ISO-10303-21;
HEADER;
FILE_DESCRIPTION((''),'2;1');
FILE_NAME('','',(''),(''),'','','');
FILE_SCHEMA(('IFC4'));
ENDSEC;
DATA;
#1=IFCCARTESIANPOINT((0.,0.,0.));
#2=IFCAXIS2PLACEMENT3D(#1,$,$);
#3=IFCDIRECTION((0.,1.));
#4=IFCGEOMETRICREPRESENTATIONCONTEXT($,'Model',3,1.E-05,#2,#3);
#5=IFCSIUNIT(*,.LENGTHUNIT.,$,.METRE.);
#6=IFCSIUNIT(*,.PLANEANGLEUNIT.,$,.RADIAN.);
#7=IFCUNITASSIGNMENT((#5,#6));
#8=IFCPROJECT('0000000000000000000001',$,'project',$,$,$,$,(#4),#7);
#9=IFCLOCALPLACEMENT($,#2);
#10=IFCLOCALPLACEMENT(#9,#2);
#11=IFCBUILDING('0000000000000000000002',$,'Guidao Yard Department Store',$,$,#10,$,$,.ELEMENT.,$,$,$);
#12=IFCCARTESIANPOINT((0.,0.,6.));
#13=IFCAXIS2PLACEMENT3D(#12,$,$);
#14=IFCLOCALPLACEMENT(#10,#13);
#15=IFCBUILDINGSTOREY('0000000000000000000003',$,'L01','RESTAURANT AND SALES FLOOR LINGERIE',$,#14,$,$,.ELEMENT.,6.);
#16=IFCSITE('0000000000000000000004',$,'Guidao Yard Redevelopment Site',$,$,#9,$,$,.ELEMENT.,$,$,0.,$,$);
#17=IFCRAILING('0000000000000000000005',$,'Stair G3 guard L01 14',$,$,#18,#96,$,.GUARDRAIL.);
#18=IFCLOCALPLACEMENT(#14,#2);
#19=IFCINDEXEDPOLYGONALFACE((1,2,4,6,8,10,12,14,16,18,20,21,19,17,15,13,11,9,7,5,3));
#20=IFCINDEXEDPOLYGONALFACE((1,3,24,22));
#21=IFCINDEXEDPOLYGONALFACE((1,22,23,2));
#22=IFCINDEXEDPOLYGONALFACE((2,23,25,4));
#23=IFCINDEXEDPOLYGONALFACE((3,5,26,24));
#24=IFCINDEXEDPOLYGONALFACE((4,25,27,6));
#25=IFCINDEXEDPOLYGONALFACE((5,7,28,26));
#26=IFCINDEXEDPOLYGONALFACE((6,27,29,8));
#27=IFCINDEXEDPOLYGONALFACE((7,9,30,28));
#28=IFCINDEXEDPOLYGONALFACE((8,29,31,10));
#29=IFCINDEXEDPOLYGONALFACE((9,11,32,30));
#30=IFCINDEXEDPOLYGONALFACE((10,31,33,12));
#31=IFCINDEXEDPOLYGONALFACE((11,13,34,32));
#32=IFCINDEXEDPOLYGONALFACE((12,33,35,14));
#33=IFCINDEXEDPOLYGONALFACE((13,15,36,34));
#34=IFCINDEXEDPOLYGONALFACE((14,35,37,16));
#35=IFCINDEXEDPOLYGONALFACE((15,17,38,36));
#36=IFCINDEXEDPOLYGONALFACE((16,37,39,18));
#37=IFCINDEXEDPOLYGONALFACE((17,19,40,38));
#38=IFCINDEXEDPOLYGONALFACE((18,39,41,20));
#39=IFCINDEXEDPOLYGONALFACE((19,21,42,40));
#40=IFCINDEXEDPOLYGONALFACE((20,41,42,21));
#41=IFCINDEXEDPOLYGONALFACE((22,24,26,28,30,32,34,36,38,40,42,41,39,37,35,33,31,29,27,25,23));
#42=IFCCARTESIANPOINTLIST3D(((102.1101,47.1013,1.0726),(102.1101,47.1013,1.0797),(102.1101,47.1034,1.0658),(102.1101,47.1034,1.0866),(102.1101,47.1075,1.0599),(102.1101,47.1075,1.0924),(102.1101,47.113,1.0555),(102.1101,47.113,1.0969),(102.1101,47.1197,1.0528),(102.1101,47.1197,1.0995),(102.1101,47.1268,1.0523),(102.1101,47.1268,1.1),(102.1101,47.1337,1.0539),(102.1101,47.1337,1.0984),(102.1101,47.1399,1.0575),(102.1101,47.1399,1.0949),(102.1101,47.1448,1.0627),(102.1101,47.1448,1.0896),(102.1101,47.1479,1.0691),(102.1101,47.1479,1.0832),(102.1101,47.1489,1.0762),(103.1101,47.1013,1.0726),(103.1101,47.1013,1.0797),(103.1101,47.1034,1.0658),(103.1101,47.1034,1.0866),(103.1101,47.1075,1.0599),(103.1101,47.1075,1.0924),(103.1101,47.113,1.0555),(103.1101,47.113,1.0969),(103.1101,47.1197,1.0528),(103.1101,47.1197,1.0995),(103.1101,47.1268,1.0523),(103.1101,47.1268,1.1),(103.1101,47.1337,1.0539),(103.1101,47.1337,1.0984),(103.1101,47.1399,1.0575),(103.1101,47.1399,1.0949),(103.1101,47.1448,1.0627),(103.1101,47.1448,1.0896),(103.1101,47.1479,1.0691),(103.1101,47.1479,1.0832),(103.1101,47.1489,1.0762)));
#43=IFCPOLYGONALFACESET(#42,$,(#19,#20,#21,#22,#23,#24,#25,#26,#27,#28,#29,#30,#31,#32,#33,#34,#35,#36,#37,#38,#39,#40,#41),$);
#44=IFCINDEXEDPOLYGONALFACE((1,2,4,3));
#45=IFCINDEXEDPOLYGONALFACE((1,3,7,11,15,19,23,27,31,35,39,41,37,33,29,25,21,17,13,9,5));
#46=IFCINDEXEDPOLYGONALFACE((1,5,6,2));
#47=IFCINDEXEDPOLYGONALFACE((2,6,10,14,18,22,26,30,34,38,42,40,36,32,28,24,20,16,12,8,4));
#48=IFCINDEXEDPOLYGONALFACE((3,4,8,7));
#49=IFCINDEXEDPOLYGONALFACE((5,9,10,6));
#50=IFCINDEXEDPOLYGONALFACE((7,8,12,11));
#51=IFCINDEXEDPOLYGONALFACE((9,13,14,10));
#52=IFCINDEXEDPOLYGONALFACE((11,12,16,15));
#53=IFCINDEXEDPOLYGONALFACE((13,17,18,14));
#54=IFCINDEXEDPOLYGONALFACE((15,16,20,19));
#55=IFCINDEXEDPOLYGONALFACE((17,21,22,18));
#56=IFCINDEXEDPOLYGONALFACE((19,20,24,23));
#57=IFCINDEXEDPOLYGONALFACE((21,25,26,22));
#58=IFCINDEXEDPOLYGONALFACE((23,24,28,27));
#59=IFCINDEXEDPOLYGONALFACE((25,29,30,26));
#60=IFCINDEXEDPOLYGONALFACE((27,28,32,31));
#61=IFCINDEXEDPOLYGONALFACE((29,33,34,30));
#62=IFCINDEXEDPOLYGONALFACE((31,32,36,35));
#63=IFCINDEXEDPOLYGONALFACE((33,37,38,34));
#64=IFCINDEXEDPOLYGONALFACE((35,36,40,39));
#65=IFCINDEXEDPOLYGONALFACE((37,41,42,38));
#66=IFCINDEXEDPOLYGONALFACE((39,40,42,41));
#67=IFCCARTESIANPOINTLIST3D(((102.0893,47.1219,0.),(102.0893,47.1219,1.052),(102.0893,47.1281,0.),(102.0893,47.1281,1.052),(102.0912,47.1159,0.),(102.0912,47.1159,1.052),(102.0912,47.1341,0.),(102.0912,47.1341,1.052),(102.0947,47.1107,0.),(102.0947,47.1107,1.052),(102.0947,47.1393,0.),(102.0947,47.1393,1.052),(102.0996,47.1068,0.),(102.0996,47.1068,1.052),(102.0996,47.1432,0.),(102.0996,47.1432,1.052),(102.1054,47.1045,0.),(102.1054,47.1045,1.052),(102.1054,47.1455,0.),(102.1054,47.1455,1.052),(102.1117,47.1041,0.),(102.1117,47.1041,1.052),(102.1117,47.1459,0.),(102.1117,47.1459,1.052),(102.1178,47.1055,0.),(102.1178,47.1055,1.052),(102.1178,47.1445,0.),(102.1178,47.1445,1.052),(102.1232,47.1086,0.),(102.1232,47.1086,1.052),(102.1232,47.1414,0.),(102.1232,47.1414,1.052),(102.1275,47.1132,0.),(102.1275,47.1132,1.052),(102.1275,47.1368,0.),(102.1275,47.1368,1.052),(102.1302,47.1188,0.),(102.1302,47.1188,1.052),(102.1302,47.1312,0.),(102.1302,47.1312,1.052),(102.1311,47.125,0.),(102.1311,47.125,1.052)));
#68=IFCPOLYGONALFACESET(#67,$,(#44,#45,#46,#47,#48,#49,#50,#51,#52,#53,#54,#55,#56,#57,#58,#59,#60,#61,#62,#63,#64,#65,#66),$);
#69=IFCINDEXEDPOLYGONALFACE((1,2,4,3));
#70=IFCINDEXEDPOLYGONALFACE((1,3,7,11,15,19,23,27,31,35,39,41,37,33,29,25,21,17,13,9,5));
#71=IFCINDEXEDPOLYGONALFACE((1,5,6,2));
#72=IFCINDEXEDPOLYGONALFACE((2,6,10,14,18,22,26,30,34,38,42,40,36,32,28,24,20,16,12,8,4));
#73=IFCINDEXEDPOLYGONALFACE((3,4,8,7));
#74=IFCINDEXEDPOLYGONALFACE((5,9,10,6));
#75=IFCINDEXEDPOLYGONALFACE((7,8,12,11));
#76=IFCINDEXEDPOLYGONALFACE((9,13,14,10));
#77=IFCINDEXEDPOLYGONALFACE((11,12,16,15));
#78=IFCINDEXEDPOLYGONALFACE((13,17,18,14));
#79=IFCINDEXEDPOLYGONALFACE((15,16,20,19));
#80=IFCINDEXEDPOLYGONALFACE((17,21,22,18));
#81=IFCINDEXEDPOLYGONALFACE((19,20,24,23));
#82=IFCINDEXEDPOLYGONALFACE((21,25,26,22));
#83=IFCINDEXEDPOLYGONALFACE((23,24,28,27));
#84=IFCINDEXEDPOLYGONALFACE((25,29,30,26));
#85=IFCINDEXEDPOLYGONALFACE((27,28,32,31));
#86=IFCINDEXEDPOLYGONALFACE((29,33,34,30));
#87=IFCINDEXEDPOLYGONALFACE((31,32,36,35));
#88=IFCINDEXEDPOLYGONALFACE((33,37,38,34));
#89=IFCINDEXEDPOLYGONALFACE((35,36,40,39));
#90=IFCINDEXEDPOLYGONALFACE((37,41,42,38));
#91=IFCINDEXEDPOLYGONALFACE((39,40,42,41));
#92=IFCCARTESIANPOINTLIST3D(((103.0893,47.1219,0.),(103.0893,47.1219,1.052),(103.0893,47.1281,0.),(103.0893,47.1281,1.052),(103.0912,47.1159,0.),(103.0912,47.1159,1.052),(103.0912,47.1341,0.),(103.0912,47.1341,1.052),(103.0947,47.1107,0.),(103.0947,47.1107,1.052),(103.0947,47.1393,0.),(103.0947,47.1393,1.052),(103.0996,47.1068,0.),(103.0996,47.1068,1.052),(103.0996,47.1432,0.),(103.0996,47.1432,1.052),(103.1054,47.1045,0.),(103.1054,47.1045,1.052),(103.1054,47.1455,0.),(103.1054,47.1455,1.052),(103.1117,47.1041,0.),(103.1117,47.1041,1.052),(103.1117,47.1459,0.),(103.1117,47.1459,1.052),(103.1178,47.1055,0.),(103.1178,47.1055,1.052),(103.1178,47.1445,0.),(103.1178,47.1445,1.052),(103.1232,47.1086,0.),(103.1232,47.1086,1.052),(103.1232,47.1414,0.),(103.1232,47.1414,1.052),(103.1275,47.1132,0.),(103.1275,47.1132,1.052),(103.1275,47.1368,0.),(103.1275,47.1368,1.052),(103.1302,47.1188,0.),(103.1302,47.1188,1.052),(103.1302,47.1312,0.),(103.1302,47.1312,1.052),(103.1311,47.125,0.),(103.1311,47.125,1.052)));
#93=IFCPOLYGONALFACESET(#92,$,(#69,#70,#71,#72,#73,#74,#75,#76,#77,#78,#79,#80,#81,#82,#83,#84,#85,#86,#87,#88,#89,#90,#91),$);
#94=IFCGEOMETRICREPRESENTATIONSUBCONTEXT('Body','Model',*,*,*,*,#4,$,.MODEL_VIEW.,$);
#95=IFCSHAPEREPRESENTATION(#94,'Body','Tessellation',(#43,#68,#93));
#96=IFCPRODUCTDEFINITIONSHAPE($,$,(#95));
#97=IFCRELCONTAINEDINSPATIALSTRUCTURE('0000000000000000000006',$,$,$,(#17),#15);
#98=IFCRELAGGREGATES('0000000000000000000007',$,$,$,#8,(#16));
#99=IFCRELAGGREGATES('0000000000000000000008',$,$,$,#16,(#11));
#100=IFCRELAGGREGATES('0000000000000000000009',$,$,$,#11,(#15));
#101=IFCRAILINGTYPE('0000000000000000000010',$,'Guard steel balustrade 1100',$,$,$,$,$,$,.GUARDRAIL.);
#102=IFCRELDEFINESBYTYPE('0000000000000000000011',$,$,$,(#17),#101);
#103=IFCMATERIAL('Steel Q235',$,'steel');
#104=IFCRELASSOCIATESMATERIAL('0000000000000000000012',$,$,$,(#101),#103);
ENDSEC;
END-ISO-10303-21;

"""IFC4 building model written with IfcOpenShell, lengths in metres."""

from ifc_helpers import new_model, si_unit, direction, frame, origin, origin_2d, place, context, subcontext, project, spatial, circle, extrude, material, type_object, element, save


model = new_model("IFC4")

# Units and contexts
model_context = context("Model", 3, precision=1e-05, world=origin(), true_north=direction((0.0, 1.0)))
body_context = subcontext(model_context, "Body", "Model", "MODEL_VIEW")
ifc_project = project(units=[si_unit("LENGTHUNIT", "METRE"), si_unit("PLANEANGLEUNIT", "RADIAN")], contexts=[model_context])

# Site, building, storey
site_placement = place(None, origin())
site = spatial("IfcSite", under=ifc_project, at=site_placement, Name="Guidao Yard Redevelopment Site", CompositionType="ELEMENT", RefElevation=0.0)
building_placement = place(site_placement, origin())
building = spatial("IfcBuilding", under=site, at=building_placement, Name="Guidao Yard Department Store", CompositionType="ELEMENT")
storey_placement = place(building_placement, frame((0.0, 0.0, 6.0)))
storey = spatial("IfcBuildingStorey", under=building, at=storey_placement, Name="L01", Description="RESTAURANT AND SALES FLOOR LINGERIE", CompositionType="ELEMENT", Elevation=6.0)

# Railing
ifc_material_1 = material(Name="Steel Q235", Category="steel")
railing_type_1 = type_object("IfcRailingType", Name="Guard steel balustrade 1100", PredefinedType="GUARDRAIL", material=ifc_material_1)
railing_1_placement = place(storey_placement, frame((102.1101, 47.125, 0.0)))
element("IfcRailing", 1, at=railing_1_placement, inside=storey, type_object=railing_type_1, Name="Stair G3 guard L01 14", PredefinedType="GUARDRAIL", context=body_context, shape_type="SweptSolid", body=[
    extrude(circle(Radius=0.0239, at=origin_2d()), frame((0.0, 0.0, 1.0762), z_axis=(1.0, 0.0, 0.0), x_axis=(0.0, 1.0, 0.0)), (0.0, 0.0, 1.0), 1.0),
    extrude(circle(Radius=0.021, at=origin_2d()), origin(), (0.0, 0.0, 1.0), 1.052),
    extrude(circle(Radius=0.021, at=origin_2d()), frame((1.0, 0.0, 0.0)), (0.0, 0.0, 1.0), 1.052),
])

save(model, "model.ifc")
